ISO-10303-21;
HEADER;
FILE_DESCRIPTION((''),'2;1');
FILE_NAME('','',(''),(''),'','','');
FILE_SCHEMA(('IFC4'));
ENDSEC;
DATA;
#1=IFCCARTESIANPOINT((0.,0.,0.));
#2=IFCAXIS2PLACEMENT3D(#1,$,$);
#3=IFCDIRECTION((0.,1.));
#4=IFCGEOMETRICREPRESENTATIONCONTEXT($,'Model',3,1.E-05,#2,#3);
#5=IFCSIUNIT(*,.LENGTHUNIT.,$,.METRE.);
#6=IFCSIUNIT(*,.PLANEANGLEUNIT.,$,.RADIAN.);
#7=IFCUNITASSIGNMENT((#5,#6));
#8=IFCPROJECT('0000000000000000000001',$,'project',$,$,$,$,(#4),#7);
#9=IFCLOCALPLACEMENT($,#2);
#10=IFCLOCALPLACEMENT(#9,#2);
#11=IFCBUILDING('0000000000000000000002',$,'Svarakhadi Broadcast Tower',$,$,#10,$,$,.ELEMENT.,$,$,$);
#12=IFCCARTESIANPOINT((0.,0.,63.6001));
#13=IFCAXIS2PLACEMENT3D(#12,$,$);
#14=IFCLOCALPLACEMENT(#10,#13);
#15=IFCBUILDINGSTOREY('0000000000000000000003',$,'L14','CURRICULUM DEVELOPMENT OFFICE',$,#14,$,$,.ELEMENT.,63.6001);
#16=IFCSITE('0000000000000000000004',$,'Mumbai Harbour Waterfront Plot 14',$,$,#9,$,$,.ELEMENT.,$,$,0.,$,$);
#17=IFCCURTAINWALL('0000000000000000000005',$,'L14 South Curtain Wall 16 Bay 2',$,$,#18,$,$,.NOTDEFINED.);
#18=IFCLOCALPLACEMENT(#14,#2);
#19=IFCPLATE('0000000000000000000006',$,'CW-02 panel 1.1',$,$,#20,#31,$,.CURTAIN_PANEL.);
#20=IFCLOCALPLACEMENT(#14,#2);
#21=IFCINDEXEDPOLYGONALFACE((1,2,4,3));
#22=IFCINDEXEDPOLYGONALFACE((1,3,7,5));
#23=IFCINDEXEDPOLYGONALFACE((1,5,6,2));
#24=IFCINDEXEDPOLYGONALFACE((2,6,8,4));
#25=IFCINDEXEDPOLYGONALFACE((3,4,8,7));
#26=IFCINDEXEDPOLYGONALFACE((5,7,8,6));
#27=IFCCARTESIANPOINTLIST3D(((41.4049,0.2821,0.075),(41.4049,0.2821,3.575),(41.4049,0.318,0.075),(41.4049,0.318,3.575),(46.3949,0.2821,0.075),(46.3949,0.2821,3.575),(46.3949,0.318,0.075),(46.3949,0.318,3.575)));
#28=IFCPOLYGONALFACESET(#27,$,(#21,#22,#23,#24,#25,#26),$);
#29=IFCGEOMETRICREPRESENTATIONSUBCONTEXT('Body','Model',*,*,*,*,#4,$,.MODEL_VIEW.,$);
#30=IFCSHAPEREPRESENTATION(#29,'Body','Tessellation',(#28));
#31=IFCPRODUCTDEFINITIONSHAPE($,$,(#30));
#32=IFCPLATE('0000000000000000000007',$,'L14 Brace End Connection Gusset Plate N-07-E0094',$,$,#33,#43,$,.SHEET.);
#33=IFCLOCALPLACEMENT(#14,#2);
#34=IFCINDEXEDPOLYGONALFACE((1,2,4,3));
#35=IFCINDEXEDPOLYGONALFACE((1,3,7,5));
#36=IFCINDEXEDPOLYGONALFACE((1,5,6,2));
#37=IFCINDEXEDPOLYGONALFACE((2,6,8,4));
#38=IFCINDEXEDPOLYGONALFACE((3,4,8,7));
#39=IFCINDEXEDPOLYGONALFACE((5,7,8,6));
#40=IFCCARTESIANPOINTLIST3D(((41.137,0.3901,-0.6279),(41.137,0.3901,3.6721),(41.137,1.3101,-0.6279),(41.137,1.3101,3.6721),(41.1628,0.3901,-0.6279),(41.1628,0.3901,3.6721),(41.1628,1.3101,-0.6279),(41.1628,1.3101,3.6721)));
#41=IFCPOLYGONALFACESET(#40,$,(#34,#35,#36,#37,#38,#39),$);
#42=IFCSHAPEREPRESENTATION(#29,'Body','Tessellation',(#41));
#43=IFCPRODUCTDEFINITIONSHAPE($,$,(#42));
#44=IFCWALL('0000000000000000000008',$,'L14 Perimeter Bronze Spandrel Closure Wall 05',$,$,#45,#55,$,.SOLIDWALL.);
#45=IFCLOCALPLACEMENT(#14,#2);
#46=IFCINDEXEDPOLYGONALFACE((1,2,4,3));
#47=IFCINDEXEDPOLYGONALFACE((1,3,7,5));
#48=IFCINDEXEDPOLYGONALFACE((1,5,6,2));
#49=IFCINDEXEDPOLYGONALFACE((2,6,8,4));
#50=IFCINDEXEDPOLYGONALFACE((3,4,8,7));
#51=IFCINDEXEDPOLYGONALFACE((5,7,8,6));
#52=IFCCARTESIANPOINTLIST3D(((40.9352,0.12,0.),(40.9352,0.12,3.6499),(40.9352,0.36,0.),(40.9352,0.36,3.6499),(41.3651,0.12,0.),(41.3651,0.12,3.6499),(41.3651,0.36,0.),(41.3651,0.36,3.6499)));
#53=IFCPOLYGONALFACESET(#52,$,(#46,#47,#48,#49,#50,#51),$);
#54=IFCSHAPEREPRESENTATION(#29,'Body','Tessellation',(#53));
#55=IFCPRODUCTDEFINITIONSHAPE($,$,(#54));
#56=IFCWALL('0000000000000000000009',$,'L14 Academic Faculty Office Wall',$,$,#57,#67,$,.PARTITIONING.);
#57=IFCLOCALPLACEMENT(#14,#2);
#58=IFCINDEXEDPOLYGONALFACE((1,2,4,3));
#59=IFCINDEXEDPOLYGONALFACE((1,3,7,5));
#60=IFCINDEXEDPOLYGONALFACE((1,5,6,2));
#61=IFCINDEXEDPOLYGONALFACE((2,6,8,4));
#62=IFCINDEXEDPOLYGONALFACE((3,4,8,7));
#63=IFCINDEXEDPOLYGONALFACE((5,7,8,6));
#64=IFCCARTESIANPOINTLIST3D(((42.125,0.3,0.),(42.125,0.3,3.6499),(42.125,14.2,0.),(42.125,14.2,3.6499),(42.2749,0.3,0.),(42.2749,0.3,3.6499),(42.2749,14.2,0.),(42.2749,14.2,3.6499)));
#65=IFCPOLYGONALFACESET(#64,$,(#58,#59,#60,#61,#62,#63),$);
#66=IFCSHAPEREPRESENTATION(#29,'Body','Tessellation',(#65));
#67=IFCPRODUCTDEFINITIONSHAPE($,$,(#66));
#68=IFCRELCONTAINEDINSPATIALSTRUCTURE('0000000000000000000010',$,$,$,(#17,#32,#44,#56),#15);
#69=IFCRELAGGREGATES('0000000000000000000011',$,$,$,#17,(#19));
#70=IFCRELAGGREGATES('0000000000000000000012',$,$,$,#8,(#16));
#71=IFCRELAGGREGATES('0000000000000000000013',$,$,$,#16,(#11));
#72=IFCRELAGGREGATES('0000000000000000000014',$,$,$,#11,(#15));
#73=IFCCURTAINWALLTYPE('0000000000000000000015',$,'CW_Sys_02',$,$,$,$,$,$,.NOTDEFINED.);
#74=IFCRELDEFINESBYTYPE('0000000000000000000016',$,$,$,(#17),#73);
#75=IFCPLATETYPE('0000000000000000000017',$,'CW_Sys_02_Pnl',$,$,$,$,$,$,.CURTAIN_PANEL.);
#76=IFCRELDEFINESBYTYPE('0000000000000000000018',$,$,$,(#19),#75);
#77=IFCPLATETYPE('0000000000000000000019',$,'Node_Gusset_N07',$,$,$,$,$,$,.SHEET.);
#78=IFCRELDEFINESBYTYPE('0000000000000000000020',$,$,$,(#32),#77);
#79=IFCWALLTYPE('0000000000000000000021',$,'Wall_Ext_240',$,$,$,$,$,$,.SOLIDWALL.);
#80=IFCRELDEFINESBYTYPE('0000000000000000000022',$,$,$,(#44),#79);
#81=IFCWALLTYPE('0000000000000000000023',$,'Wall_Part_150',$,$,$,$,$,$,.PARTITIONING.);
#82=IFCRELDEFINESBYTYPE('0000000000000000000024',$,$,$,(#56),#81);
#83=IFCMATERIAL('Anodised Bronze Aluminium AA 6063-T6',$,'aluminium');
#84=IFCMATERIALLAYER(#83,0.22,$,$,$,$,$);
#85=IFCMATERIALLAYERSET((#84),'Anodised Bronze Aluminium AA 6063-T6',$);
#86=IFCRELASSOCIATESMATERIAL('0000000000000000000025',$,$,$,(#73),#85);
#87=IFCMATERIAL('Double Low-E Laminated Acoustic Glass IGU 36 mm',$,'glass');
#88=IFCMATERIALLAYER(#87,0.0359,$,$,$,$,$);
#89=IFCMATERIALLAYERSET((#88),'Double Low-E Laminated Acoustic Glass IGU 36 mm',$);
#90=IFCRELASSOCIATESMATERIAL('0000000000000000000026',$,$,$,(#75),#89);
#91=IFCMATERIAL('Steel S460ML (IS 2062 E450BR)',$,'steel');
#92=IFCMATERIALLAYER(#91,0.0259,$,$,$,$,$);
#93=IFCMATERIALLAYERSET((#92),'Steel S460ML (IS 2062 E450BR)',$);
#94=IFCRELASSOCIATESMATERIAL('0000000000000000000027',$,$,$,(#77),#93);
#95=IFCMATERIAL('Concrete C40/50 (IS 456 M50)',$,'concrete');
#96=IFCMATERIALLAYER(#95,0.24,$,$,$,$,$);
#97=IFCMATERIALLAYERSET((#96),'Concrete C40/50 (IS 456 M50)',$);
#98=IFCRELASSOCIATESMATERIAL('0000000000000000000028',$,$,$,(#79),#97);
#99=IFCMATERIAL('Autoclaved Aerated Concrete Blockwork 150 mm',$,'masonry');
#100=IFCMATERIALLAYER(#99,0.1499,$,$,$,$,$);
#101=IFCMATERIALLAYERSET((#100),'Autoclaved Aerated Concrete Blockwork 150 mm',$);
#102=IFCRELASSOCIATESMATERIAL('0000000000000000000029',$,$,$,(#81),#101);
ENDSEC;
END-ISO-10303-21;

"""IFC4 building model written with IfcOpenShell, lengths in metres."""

from ifc_helpers import new_model, si_unit, direction, frame, frame_2d, origin, origin_2d, place, context, subcontext, project, spatial, rectangle, extrude, material, layer, layer_set, type_object, element, aggregate, save


model = new_model("IFC4")

# Units and contexts
model_context = context("Model", 3, precision=1e-05, world=origin(), true_north=direction((0.0, 1.0)))
body_context = subcontext(model_context, "Body", "Model", "MODEL_VIEW")
ifc_project = project(units=[si_unit("LENGTHUNIT", "METRE"), si_unit("PLANEANGLEUNIT", "RADIAN")], contexts=[model_context])

# Site, building, storey
site_placement = place(None, origin())
site = spatial("IfcSite", under=ifc_project, at=site_placement, Name="Mumbai Harbour Waterfront Plot 14", CompositionType="ELEMENT", RefElevation=0.0)
building_placement = place(site_placement, origin())
building = spatial("IfcBuilding", under=site, at=building_placement, Name="Svarakhadi Broadcast Tower", CompositionType="ELEMENT")
storey_placement = place(building_placement, frame((0.0, 0.0, 63.6001)))
storey = spatial("IfcBuildingStorey", under=building, at=storey_placement, Name="L14", Description="CURRICULUM DEVELOPMENT OFFICE", CompositionType="ELEMENT", Elevation=63.6001)

# Shared definitions
ifc_material_1 = material(Name="Steel S460ML (IS 2062 E450BR)", Category="steel")

# Curtain wall
ifc_material_2 = material(Name="Anodised Bronze Aluminium AA 6063-T6", Category="aluminium")
ifc_layer_1 = layer(ifc_material_2, 0.22)
ifc_layer_set_1 = layer_set([ifc_layer_1], Name="Anodised Bronze Aluminium AA 6063-T6")
curtain_wall_type = type_object("IfcCurtainWallType", Name="CW_Sys_02", PredefinedType="NOTDEFINED", material=ifc_layer_set_1)
curtain_wall_placement = place(storey_placement, origin())
curtain_wall = element("IfcCurtainWall", 1, at=curtain_wall_placement, inside=storey, type_object=curtain_wall_type, Name="L14 South Curtain Wall 16 Bay 2", PredefinedType="NOTDEFINED")

# Plates
ifc_material_3 = material(Name="Double Low-E Laminated Acoustic Glass IGU 36 mm", Category="glass")
ifc_layer_2 = layer(ifc_material_3, 0.0359)
ifc_layer_set_2 = layer_set([ifc_layer_2], Name="Double Low-E Laminated Acoustic Glass IGU 36 mm")
plate_type_1 = type_object("IfcPlateType", Name="CW_Sys_02_Pnl", PredefinedType="CURTAIN_PANEL", material=ifc_layer_set_2)
plate_1_placement = place(storey_placement, frame((43.8999, 0.3, 0.075), z_axis=(0.0, 0.0, 1.0), x_axis=(-1.0, 0.0, 0.0)))
plate_1 = element("IfcPlate", 2, at=plate_1_placement, type_object=plate_type_1, Name="CW-02 panel 1.1", PredefinedType="CURTAIN_PANEL", context=body_context, shape_type="SweptSolid", body=[
    extrude(rectangle(XDim=4.99, YDim=0.0359, at=origin_2d()), origin(), (0.0, 0.0, 1.0), 3.5),
])
aggregate(curtain_wall, [plate_1])
ifc_layer_3 = layer(ifc_material_1, 0.0259)
ifc_layer_set_3 = layer_set([ifc_layer_3], Name="Steel S460ML (IS 2062 E450BR)")
plate_type_2 = type_object("IfcPlateType", Name="Node_Gusset_N07", PredefinedType="SHEET", material=ifc_layer_set_3)
plate_2_placement = place(storey_placement, frame((41.1499, 0.8501, -0.6279), z_axis=(0.0, 0.0, 1.0), x_axis=(0.0, 1.0, 0.0)))
element("IfcPlate", 3, at=plate_2_placement, inside=storey, type_object=plate_type_2, Name="L14 Brace End Connection Gusset Plate N-07-E0094", PredefinedType="SHEET", context=body_context, shape_type="SweptSolid", body=[
    extrude(rectangle(XDim=0.9199, YDim=0.0259, at=origin_2d()), origin(), (0.0, 0.0, 1.0), 4.3),
])

# Walls
ifc_material_4 = material(Name="Concrete C40/50 (IS 456 M50)", Category="concrete")
ifc_layer_4 = layer(ifc_material_4, 0.24)
ifc_layer_set_4 = layer_set([ifc_layer_4], Name="Concrete C40/50 (IS 456 M50)")
wall_type_1 = type_object("IfcWallType", Name="Wall_Ext_240", PredefinedType="SOLIDWALL", material=ifc_layer_set_4)
wall_1_placement = place(storey_placement, frame((41.365, 0.24, 0.0), z_axis=(0.0, 0.0, 1.0), x_axis=(-1.0, 0.0, 0.0)))
element("IfcWall", 4, at=wall_1_placement, inside=storey, type_object=wall_type_1, Name="L14 Perimeter Bronze Spandrel Closure Wall 05", PredefinedType="SOLIDWALL", context=body_context, shape_type="SweptSolid", body=[
    extrude(rectangle(XDim=0.4299, YDim=0.24, at=frame_2d((0.2148, 0.0))), origin(), (0.0, 0.0, 1.0), 3.6499),
])
ifc_material_5 = material(Name="Autoclaved Aerated Concrete Blockwork 150 mm", Category="masonry")
ifc_layer_5 = layer(ifc_material_5, 0.1499)
ifc_layer_set_5 = layer_set([ifc_layer_5], Name="Autoclaved Aerated Concrete Blockwork 150 mm")
wall_type_2 = type_object("IfcWallType", Name="Wall_Part_150", PredefinedType="PARTITIONING", material=ifc_layer_set_5)
wall_2_placement = place(storey_placement, frame((42.2, 0.3, 0.0), z_axis=(0.0, 0.0, 1.0), x_axis=(0.0, 1.0, 0.0)))
element("IfcWall", 5, at=wall_2_placement, inside=storey, type_object=wall_type_2, Name="L14 Academic Faculty Office Wall", PredefinedType="PARTITIONING", context=body_context, shape_type="SweptSolid", body=[
    extrude(rectangle(XDim=13.8999, YDim=0.1499, at=frame_2d((6.95, 0.0))), origin(), (0.0, 0.0, 1.0), 3.6499),
])

save(model, "model.ifc")
